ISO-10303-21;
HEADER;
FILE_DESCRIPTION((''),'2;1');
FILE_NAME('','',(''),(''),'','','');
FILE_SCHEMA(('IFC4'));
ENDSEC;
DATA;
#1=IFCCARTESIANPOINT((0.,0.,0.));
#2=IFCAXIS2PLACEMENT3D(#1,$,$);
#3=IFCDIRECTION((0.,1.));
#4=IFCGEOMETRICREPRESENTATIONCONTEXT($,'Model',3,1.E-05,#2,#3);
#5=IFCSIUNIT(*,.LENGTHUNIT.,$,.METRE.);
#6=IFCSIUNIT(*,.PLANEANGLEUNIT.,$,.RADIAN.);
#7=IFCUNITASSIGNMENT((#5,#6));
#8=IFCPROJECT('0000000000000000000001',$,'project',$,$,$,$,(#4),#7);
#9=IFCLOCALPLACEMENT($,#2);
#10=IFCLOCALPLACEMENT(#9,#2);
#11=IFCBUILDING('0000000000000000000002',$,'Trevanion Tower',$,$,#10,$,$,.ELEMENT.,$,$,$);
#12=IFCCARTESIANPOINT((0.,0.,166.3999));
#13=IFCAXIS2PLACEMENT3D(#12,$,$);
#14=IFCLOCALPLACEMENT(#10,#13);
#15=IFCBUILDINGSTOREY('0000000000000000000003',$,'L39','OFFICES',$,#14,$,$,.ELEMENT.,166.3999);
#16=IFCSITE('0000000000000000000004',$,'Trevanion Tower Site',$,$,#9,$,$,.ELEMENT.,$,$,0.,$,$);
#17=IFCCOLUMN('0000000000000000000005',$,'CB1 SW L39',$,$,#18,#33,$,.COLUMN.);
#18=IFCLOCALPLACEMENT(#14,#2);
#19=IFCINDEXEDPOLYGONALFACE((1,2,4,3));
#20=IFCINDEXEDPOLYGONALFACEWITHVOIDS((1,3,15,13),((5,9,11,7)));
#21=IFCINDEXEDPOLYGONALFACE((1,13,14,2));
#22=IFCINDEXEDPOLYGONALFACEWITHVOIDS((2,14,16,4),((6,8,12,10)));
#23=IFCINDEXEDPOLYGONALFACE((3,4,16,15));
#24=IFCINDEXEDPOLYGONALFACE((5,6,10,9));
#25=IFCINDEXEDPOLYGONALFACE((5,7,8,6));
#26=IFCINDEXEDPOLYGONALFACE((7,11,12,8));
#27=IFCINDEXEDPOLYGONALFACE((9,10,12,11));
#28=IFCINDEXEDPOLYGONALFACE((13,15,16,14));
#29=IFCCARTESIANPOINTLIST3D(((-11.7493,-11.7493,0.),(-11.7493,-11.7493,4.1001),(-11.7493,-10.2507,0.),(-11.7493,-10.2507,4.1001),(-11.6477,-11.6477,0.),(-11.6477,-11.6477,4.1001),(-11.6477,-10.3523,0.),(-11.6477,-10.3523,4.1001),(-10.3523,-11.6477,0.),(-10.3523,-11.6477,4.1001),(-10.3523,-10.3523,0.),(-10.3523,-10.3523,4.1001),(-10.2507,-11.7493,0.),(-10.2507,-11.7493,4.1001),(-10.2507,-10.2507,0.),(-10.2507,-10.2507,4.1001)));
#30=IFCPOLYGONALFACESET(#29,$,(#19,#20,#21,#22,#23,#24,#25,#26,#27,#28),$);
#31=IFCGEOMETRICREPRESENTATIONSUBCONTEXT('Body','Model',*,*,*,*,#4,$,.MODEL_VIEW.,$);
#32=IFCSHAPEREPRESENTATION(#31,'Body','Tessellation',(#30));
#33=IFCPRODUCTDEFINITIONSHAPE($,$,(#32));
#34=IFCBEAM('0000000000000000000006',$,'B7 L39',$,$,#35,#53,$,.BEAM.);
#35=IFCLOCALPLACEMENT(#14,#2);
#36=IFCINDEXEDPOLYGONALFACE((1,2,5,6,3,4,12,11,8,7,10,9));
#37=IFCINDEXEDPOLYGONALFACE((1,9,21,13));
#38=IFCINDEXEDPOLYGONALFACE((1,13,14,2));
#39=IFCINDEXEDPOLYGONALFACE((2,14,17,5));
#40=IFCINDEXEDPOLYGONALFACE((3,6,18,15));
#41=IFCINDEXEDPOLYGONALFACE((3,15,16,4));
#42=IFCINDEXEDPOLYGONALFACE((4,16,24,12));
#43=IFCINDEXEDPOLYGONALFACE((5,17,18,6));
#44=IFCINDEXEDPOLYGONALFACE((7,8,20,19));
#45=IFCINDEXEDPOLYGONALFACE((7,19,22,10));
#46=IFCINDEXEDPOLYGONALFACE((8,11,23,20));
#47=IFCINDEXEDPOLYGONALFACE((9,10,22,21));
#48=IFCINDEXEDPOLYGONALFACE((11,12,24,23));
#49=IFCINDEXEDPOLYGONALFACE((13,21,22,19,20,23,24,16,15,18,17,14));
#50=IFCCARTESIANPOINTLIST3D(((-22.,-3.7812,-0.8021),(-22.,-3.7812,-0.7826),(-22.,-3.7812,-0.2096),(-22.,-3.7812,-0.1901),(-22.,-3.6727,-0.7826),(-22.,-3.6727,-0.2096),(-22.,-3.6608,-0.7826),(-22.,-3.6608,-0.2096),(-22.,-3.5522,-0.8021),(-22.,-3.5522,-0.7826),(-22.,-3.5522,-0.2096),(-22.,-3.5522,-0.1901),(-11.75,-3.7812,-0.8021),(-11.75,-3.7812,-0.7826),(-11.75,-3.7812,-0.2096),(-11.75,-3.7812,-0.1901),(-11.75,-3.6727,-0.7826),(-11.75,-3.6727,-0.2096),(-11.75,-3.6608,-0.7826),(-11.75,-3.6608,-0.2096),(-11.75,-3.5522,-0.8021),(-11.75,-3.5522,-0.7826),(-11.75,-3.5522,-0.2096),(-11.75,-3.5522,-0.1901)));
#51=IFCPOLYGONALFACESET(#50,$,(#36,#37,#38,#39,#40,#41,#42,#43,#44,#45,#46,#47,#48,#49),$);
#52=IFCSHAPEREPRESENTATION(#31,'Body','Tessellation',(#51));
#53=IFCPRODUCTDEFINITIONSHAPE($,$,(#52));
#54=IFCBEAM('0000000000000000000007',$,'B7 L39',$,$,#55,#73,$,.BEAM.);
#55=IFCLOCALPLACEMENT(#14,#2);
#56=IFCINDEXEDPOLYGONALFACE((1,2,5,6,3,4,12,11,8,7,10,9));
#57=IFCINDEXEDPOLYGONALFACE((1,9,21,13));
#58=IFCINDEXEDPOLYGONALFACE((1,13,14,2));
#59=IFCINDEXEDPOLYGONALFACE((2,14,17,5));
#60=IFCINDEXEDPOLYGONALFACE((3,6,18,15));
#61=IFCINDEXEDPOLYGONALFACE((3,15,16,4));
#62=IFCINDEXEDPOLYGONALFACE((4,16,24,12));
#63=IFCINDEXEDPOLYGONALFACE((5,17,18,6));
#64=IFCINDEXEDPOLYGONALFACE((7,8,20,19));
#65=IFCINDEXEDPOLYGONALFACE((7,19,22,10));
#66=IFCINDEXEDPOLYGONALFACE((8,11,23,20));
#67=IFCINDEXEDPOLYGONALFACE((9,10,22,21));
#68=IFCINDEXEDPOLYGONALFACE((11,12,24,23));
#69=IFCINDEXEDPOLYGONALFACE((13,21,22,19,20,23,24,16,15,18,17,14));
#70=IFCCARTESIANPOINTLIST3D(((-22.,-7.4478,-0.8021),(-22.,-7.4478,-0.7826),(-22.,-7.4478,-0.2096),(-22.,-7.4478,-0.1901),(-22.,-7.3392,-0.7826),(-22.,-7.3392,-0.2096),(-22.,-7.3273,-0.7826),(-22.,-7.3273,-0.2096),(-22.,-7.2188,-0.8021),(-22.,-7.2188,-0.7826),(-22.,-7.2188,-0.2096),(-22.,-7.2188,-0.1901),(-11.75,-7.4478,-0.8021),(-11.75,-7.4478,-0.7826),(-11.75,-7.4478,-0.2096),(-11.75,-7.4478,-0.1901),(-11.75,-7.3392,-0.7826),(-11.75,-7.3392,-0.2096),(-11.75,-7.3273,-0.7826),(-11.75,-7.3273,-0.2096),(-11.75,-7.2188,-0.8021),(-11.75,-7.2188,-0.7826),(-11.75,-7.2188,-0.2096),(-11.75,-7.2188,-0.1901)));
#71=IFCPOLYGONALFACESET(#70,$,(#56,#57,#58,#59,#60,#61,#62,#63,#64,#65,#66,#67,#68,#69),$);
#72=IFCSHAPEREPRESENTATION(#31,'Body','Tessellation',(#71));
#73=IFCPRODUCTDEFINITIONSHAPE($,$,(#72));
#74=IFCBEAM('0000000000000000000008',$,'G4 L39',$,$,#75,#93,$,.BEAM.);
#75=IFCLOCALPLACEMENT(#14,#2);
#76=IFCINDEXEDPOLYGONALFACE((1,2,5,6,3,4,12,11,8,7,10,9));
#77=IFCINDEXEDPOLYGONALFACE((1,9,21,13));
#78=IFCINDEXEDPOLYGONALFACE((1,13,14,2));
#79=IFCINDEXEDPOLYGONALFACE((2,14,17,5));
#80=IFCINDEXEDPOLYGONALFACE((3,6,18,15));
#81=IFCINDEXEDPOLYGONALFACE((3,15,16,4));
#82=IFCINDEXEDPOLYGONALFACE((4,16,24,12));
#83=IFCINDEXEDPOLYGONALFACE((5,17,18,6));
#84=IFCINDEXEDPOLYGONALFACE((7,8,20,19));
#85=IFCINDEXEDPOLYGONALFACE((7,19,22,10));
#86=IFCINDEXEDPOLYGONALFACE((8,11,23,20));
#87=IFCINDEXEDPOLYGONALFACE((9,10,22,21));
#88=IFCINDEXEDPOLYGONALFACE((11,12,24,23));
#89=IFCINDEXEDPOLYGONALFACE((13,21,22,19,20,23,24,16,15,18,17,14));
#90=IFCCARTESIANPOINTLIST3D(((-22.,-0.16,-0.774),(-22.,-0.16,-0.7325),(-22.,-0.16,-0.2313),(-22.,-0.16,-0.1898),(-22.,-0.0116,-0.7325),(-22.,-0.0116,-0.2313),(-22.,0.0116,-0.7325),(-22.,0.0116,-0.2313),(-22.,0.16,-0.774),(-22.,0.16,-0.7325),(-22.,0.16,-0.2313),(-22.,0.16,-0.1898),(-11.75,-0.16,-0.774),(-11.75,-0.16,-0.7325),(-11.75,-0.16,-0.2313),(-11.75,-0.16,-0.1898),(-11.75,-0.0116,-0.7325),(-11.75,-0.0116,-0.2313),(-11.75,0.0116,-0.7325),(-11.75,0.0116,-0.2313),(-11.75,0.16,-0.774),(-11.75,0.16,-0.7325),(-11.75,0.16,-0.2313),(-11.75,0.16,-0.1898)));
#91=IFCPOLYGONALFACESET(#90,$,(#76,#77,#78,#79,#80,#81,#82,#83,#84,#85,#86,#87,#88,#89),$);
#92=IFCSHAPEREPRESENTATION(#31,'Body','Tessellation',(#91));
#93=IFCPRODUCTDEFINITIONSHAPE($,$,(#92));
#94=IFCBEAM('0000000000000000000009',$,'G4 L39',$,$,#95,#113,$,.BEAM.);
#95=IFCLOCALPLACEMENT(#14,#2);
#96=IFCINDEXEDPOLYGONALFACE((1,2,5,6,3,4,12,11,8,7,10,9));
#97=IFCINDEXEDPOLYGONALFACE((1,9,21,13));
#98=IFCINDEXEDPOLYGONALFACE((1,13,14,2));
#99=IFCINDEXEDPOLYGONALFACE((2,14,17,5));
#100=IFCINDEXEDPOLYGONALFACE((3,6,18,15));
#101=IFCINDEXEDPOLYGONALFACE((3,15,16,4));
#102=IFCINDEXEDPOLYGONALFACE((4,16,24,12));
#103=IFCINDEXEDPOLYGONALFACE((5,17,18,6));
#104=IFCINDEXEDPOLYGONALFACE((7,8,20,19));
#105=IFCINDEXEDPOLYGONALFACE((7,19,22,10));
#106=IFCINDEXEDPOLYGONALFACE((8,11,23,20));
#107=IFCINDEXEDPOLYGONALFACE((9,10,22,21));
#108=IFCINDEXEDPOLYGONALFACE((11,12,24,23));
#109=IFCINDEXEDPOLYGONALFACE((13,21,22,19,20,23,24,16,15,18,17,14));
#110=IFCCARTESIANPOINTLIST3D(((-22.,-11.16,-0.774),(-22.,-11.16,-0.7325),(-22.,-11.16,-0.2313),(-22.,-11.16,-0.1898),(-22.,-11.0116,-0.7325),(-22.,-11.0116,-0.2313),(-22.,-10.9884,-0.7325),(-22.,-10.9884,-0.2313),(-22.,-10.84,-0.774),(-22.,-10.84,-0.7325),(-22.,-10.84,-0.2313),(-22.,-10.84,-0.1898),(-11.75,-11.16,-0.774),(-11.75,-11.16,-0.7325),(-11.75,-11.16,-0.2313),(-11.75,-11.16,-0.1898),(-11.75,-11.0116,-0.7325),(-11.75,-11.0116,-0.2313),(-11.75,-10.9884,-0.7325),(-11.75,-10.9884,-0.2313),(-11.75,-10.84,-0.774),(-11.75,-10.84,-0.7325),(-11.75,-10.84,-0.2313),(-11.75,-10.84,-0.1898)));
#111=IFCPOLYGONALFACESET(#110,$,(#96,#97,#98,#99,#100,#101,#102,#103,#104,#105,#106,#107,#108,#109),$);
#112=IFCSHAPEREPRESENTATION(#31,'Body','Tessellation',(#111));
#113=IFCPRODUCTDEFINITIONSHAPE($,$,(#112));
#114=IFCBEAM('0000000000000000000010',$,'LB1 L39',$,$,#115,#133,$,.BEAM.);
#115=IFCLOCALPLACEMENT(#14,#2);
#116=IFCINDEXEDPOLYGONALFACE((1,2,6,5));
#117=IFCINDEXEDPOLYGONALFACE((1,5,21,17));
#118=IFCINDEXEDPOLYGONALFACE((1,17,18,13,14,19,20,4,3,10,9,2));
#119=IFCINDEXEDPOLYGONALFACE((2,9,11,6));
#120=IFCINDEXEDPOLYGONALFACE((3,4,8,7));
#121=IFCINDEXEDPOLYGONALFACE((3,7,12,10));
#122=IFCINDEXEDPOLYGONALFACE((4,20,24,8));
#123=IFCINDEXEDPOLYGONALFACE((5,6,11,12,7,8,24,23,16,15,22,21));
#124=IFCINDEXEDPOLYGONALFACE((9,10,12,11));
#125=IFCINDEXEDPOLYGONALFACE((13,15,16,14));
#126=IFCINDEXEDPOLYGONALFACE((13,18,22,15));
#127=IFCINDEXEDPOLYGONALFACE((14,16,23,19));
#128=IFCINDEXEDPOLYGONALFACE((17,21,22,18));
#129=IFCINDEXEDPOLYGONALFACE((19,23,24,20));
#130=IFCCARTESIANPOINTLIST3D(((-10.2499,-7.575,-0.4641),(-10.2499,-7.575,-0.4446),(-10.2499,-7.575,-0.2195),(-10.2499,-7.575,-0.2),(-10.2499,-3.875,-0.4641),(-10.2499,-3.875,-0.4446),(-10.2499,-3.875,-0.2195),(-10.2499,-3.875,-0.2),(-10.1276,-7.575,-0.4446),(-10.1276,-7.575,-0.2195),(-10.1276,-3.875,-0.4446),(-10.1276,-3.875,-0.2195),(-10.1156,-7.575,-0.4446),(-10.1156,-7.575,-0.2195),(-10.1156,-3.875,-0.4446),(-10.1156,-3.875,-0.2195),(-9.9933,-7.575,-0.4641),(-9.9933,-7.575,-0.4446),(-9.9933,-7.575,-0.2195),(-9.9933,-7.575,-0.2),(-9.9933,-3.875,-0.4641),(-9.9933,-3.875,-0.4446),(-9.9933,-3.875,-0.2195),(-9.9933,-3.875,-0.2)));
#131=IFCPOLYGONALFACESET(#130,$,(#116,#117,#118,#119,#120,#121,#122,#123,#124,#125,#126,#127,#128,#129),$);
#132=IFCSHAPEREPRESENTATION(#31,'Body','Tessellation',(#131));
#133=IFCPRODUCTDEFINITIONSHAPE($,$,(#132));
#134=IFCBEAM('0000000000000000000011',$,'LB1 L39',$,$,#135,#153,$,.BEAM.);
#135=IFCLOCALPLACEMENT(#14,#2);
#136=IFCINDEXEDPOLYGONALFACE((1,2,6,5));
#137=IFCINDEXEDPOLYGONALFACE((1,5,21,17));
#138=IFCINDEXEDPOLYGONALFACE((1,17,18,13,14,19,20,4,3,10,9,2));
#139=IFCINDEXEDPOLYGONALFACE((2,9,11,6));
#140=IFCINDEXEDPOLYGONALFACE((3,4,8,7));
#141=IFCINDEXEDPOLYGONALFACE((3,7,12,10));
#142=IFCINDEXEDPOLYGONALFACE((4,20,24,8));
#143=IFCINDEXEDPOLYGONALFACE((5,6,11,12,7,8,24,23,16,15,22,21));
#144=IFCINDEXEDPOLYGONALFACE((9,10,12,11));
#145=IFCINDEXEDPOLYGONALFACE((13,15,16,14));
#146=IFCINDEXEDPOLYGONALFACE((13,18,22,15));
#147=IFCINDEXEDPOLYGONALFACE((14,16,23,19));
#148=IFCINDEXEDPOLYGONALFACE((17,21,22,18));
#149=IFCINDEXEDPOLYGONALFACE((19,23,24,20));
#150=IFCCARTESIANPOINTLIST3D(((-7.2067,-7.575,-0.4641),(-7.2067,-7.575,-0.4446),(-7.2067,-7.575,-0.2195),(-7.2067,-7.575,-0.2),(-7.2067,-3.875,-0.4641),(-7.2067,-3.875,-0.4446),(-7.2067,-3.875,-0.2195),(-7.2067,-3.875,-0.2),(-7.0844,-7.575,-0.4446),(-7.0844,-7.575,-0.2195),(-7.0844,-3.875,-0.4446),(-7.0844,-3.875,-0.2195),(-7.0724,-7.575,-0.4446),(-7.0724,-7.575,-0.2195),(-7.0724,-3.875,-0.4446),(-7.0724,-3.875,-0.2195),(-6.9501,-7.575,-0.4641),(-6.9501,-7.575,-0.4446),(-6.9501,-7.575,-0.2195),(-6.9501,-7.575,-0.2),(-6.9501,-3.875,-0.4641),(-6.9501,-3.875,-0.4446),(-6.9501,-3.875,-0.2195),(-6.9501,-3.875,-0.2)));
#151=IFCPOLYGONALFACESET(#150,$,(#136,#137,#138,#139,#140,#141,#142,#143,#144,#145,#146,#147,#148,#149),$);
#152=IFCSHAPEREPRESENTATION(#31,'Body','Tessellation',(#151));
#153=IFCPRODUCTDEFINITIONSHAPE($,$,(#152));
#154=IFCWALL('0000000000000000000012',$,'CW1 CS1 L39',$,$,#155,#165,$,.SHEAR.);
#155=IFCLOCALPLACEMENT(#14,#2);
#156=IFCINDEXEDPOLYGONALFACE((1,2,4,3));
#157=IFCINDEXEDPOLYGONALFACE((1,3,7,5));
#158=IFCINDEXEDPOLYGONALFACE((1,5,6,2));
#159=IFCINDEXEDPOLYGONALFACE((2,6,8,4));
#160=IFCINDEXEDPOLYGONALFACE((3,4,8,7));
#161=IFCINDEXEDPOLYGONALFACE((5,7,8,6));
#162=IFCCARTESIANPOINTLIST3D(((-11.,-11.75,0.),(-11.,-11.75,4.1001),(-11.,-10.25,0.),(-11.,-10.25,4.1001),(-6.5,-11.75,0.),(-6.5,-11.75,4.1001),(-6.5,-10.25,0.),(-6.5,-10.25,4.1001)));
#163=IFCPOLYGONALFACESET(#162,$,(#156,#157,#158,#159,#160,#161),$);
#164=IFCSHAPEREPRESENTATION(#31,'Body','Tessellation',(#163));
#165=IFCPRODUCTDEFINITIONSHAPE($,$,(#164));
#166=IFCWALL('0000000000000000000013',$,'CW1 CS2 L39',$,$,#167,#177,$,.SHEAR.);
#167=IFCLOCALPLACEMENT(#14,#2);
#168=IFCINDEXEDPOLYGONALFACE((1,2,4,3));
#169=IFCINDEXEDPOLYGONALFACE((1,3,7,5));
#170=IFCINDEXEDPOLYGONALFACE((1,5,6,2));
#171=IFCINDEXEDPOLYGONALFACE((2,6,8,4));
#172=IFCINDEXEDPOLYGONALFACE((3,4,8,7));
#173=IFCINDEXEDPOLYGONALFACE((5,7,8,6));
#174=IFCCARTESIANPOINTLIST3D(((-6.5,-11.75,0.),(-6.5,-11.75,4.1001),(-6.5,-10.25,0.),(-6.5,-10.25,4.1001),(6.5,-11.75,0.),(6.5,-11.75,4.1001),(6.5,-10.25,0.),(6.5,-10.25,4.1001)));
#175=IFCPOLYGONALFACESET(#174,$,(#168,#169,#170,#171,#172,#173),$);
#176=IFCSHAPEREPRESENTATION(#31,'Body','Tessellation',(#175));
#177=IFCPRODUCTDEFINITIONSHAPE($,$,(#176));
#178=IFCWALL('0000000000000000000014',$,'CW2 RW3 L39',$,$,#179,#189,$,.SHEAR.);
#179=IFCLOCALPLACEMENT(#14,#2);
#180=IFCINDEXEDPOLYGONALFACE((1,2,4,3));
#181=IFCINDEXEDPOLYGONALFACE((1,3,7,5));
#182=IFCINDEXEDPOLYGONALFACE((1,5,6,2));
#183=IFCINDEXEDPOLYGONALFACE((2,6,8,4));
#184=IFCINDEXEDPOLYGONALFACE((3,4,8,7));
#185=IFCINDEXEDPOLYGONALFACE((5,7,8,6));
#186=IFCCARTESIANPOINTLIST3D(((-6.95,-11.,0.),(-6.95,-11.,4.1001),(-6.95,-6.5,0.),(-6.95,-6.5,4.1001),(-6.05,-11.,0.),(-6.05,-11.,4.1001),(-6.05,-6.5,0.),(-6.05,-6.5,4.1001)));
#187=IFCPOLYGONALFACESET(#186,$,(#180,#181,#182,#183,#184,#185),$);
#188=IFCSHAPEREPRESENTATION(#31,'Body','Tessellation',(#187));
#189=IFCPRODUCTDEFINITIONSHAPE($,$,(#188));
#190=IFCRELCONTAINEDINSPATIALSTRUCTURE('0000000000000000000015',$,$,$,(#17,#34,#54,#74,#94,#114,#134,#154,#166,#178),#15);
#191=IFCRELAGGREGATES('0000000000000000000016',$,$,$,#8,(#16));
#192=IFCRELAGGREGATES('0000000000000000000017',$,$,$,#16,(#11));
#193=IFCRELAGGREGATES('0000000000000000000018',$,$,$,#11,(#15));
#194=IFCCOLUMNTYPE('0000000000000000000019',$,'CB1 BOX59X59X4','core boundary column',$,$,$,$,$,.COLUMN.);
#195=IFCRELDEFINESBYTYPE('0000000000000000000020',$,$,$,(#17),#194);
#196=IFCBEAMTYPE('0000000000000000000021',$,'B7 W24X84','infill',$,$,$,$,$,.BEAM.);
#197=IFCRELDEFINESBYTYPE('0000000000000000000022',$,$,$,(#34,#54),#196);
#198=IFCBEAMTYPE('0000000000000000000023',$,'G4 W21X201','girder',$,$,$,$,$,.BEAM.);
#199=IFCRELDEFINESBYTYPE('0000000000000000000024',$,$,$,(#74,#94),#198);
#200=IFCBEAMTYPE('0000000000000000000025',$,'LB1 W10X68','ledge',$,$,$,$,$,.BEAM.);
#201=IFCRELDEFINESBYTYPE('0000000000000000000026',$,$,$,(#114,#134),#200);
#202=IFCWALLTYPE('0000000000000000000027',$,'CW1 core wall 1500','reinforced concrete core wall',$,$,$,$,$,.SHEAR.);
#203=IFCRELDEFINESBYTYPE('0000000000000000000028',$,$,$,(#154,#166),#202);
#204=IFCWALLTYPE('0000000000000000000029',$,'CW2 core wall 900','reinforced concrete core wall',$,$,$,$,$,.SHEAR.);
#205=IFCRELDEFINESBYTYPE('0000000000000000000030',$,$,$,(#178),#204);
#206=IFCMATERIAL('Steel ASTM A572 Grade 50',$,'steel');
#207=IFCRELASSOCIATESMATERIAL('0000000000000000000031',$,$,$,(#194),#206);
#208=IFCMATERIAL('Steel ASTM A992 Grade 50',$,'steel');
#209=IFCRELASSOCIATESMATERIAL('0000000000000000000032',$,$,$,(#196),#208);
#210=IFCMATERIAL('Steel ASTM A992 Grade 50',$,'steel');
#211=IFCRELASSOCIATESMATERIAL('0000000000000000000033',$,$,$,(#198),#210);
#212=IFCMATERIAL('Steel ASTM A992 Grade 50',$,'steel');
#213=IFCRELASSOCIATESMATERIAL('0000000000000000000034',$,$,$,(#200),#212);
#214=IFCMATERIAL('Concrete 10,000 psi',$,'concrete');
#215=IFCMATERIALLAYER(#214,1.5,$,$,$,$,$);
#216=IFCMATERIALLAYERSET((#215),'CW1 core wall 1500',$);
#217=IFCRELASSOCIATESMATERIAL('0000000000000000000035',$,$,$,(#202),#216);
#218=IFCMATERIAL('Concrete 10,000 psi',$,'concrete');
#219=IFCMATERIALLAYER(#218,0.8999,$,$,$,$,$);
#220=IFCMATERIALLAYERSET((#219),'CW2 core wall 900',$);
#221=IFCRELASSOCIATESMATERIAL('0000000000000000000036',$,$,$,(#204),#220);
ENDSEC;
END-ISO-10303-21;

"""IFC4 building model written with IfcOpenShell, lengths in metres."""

from ifc_helpers import new_model, si_unit, direction, frame, frame_2d, origin, origin_2d, place, context, subcontext, project, spatial, rectangle, hollow_rectangle, i_section, extrude, material, layer, layer_set, material_profile, profile_set, type_object, element, save


model = new_model("IFC4")

# Units and contexts
model_context = context("Model", 3, precision=1e-05, world=origin(), true_north=direction((0.0, 1.0)))
body_context = subcontext(model_context, "Body", "Model", "MODEL_VIEW")
ifc_project = project(units=[si_unit("LENGTHUNIT", "METRE"), si_unit("PLANEANGLEUNIT", "RADIAN")], contexts=[model_context])

# Site, building, storey
site_placement = place(None, origin())
site = spatial("IfcSite", under=ifc_project, at=site_placement, Name="Trevanion Tower Site", CompositionType="ELEMENT", RefElevation=0.0)
building_placement = place(site_placement, origin())
building = spatial("IfcBuilding", under=site, at=building_placement, Name="Trevanion Tower", CompositionType="ELEMENT")
storey_placement = place(building_placement, frame((0.0, 0.0, 166.3999)))
storey = spatial("IfcBuildingStorey", under=building, at=storey_placement, Name="L39", Description="OFFICES", CompositionType="ELEMENT", Elevation=166.3999)

# Column
ifc_material_1 = material(Name="Steel ASTM A572 Grade 50", Category="steel")
ifc_material_profile_1 = material_profile(ifc_material_1, hollow_rectangle(XDim=1.4985, YDim=1.4985, WallThickness=0.1016, at=origin_2d()), Name="BOX59X59X4")
ifc_profile_set_1 = profile_set([ifc_material_profile_1], Name="Steel ASTM A572 Grade 50")
column_type = type_object("IfcColumnType", Name="CB1 BOX59X59X4", Description="core boundary column", PredefinedType="COLUMN", material=ifc_profile_set_1)
column_placement = place(storey_placement, frame((-11.0, -11.0, 0.0), z_axis=(0.0, 0.0, 1.0), x_axis=(1.0, 0.0, 0.0)))
element("IfcColumn", 1, at=column_placement, inside=storey, type_object=column_type, Name="CB1 SW L39", PredefinedType="COLUMN", context=body_context, shape_type="SweptSolid", body=[
    extrude(hollow_rectangle(XDim=1.4985, YDim=1.4985, WallThickness=0.1016, at=origin_2d()), origin(), (0.0, 0.0, 1.0), 4.1001),
])

# Beams
ifc_material_2 = material(Name="Steel ASTM A992 Grade 50", Category="steel")
ifc_material_profile_2 = material_profile(ifc_material_2, i_section(OverallWidth=0.229, OverallDepth=0.6121, WebThickness=0.012, FlangeThickness=0.0195, at=origin_2d()), Name="W24X84")
ifc_profile_set_2 = profile_set([ifc_material_profile_2], Name="Steel ASTM A992 Grade 50")
beam_type_1 = type_object("IfcBeamType", Name="B7 W24X84", Description="infill", PredefinedType="BEAM", material=ifc_profile_set_2)
for number, where, z_axis, x_axis, name in (
    (2, (-11.75, -3.6667, -0.4961), (-1.0, 0.0, 0.0), (0.0, -1.0, 0.0), "B7 L39"),
    (3, (-11.75, -7.3333, -0.4961), (-1.0, 0.0, 0.0), (0.0, -1.0, 0.0), "B7 L39"),
):
    element("IfcBeam", number, at=place(storey_placement, frame(where, z_axis=z_axis, x_axis=x_axis)), inside=storey, type_object=beam_type_1, Name=name, PredefinedType="BEAM", context=body_context, shape_type="SweptSolid", body=[
        extrude(i_section(OverallWidth=0.229, OverallDepth=0.6121, WebThickness=0.012, FlangeThickness=0.0195, at=origin_2d()), origin(), (0.0, 0.0, 1.0), 10.25),
    ])
ifc_material_3 = material(Name="Steel ASTM A992 Grade 50", Category="steel")
ifc_material_profile_3 = material_profile(ifc_material_3, i_section(OverallWidth=0.3201, OverallDepth=0.5842, WebThickness=0.0232, FlangeThickness=0.0415, at=origin_2d()), Name="W21X201")
ifc_profile_set_3 = profile_set([ifc_material_profile_3], Name="Steel ASTM A992 Grade 50")
beam_type_2 = type_object("IfcBeamType", Name="G4 W21X201", Description="girder", PredefinedType="BEAM", material=ifc_profile_set_3)
for number, where, z_axis, x_axis, name in (
    (4, (-11.75, 0.0, -0.4819), (-1.0, 0.0, 0.0), (0.0, -1.0, 0.0), "G4 L39"),
    (5, (-11.75, -11.0, -0.4819), (-1.0, 0.0, 0.0), (0.0, -1.0, 0.0), "G4 L39"),
):
    element("IfcBeam", number, at=place(storey_placement, frame(where, z_axis=z_axis, x_axis=x_axis)), inside=storey, type_object=beam_type_2, Name=name, PredefinedType="BEAM", context=body_context, shape_type="SweptSolid", body=[
        extrude(i_section(OverallWidth=0.3201, OverallDepth=0.5842, WebThickness=0.0232, FlangeThickness=0.0415, at=origin_2d()), origin(), (0.0, 0.0, 1.0), 10.25),
    ])
ifc_material_4 = material(Name="Steel ASTM A992 Grade 50", Category="steel")
ifc_material_profile_4 = material_profile(ifc_material_4, i_section(OverallWidth=0.2566, OverallDepth=0.2642, WebThickness=0.012, FlangeThickness=0.0195, at=origin_2d()), Name="W10X68")
ifc_profile_set_4 = profile_set([ifc_material_profile_4], Name="Steel ASTM A992 Grade 50")
beam_type_3 = type_object("IfcBeamType", Name="LB1 W10X68", Description="ledge", PredefinedType="BEAM", material=ifc_profile_set_4)
for number, where, z_axis, x_axis, name in (
    (6, (-10.1216, -7.575, -0.332), (0.0, 1.0, 0.0), (-1.0, 0.0, 0.0), "LB1 L39"),
    (7, (-7.0784, -7.575, -0.332), (0.0, 1.0, 0.0), (-1.0, 0.0, 0.0), "LB1 L39"),
):
    element("IfcBeam", number, at=place(storey_placement, frame(where, z_axis=z_axis, x_axis=x_axis)), inside=storey, type_object=beam_type_3, Name=name, PredefinedType="BEAM", context=body_context, shape_type="SweptSolid", body=[
        extrude(i_section(OverallWidth=0.2566, OverallDepth=0.2642, WebThickness=0.012, FlangeThickness=0.0195, at=origin_2d()), origin(), (0.0, 0.0, 1.0), 3.7),
    ])

# Walls
ifc_material_5 = material(Name="Concrete 10,000 psi", Category="concrete")
ifc_layer_1 = layer(ifc_material_5, 1.5)
ifc_layer_set_1 = layer_set([ifc_layer_1], Name="CW1 core wall 1500")
wall_type_1 = type_object("IfcWallType", Name="CW1 core wall 1500", Description="reinforced concrete core wall", PredefinedType="SHEAR", material=ifc_layer_set_1)
wall_1_placement = place(storey_placement, frame((-11.0, -11.0, 0.0), z_axis=(0.0, 0.0, 1.0), x_axis=(1.0, 0.0, 0.0)))
element("IfcWall", 8, at=wall_1_placement, inside=storey, type_object=wall_type_1, Name="CW1 CS1 L39", PredefinedType="SHEAR", context=body_context, shape_type="SweptSolid", body=[
    extrude(rectangle(XDim=4.5, YDim=1.5, at=frame_2d((2.25, 0.0))), origin(), (0.0, 0.0, 1.0), 4.1001),
])
wall_2_placement = place(storey_placement, frame((-6.5, -11.0, 0.0), z_axis=(0.0, 0.0, 1.0), x_axis=(1.0, 0.0, 0.0)))
element("IfcWall", 9, at=wall_2_placement, inside=storey, type_object=wall_type_1, Name="CW1 CS2 L39", PredefinedType="SHEAR", context=body_context, shape_type="SweptSolid", body=[
    extrude(rectangle(XDim=13.0, YDim=1.5, at=frame_2d((6.5, 0.0))), origin(), (0.0, 0.0, 1.0), 4.1001),
])
ifc_material_6 = material(Name="Concrete 10,000 psi", Category="concrete")
ifc_layer_2 = layer(ifc_material_6, 0.8999)
ifc_layer_set_2 = layer_set([ifc_layer_2], Name="CW2 core wall 900")
wall_type_2 = type_object("IfcWallType", Name="CW2 core wall 900", Description="reinforced concrete core wall", PredefinedType="SHEAR", material=ifc_layer_set_2)
wall_3_placement = place(storey_placement, frame((-6.5, -6.5, 0.0), z_axis=(0.0, 0.0, 1.0), x_axis=(0.0, -1.0, 0.0)))
element("IfcWall", 10, at=wall_3_placement, inside=storey, type_object=wall_type_2, Name="CW2 RW3 L39", PredefinedType="SHEAR", context=body_context, shape_type="SweptSolid", body=[
    extrude(rectangle(XDim=4.5, YDim=0.8999, at=frame_2d((2.25, 0.0))), origin(), (0.0, 0.0, 1.0), 4.1001),
])

save(model, "model.ifc")
